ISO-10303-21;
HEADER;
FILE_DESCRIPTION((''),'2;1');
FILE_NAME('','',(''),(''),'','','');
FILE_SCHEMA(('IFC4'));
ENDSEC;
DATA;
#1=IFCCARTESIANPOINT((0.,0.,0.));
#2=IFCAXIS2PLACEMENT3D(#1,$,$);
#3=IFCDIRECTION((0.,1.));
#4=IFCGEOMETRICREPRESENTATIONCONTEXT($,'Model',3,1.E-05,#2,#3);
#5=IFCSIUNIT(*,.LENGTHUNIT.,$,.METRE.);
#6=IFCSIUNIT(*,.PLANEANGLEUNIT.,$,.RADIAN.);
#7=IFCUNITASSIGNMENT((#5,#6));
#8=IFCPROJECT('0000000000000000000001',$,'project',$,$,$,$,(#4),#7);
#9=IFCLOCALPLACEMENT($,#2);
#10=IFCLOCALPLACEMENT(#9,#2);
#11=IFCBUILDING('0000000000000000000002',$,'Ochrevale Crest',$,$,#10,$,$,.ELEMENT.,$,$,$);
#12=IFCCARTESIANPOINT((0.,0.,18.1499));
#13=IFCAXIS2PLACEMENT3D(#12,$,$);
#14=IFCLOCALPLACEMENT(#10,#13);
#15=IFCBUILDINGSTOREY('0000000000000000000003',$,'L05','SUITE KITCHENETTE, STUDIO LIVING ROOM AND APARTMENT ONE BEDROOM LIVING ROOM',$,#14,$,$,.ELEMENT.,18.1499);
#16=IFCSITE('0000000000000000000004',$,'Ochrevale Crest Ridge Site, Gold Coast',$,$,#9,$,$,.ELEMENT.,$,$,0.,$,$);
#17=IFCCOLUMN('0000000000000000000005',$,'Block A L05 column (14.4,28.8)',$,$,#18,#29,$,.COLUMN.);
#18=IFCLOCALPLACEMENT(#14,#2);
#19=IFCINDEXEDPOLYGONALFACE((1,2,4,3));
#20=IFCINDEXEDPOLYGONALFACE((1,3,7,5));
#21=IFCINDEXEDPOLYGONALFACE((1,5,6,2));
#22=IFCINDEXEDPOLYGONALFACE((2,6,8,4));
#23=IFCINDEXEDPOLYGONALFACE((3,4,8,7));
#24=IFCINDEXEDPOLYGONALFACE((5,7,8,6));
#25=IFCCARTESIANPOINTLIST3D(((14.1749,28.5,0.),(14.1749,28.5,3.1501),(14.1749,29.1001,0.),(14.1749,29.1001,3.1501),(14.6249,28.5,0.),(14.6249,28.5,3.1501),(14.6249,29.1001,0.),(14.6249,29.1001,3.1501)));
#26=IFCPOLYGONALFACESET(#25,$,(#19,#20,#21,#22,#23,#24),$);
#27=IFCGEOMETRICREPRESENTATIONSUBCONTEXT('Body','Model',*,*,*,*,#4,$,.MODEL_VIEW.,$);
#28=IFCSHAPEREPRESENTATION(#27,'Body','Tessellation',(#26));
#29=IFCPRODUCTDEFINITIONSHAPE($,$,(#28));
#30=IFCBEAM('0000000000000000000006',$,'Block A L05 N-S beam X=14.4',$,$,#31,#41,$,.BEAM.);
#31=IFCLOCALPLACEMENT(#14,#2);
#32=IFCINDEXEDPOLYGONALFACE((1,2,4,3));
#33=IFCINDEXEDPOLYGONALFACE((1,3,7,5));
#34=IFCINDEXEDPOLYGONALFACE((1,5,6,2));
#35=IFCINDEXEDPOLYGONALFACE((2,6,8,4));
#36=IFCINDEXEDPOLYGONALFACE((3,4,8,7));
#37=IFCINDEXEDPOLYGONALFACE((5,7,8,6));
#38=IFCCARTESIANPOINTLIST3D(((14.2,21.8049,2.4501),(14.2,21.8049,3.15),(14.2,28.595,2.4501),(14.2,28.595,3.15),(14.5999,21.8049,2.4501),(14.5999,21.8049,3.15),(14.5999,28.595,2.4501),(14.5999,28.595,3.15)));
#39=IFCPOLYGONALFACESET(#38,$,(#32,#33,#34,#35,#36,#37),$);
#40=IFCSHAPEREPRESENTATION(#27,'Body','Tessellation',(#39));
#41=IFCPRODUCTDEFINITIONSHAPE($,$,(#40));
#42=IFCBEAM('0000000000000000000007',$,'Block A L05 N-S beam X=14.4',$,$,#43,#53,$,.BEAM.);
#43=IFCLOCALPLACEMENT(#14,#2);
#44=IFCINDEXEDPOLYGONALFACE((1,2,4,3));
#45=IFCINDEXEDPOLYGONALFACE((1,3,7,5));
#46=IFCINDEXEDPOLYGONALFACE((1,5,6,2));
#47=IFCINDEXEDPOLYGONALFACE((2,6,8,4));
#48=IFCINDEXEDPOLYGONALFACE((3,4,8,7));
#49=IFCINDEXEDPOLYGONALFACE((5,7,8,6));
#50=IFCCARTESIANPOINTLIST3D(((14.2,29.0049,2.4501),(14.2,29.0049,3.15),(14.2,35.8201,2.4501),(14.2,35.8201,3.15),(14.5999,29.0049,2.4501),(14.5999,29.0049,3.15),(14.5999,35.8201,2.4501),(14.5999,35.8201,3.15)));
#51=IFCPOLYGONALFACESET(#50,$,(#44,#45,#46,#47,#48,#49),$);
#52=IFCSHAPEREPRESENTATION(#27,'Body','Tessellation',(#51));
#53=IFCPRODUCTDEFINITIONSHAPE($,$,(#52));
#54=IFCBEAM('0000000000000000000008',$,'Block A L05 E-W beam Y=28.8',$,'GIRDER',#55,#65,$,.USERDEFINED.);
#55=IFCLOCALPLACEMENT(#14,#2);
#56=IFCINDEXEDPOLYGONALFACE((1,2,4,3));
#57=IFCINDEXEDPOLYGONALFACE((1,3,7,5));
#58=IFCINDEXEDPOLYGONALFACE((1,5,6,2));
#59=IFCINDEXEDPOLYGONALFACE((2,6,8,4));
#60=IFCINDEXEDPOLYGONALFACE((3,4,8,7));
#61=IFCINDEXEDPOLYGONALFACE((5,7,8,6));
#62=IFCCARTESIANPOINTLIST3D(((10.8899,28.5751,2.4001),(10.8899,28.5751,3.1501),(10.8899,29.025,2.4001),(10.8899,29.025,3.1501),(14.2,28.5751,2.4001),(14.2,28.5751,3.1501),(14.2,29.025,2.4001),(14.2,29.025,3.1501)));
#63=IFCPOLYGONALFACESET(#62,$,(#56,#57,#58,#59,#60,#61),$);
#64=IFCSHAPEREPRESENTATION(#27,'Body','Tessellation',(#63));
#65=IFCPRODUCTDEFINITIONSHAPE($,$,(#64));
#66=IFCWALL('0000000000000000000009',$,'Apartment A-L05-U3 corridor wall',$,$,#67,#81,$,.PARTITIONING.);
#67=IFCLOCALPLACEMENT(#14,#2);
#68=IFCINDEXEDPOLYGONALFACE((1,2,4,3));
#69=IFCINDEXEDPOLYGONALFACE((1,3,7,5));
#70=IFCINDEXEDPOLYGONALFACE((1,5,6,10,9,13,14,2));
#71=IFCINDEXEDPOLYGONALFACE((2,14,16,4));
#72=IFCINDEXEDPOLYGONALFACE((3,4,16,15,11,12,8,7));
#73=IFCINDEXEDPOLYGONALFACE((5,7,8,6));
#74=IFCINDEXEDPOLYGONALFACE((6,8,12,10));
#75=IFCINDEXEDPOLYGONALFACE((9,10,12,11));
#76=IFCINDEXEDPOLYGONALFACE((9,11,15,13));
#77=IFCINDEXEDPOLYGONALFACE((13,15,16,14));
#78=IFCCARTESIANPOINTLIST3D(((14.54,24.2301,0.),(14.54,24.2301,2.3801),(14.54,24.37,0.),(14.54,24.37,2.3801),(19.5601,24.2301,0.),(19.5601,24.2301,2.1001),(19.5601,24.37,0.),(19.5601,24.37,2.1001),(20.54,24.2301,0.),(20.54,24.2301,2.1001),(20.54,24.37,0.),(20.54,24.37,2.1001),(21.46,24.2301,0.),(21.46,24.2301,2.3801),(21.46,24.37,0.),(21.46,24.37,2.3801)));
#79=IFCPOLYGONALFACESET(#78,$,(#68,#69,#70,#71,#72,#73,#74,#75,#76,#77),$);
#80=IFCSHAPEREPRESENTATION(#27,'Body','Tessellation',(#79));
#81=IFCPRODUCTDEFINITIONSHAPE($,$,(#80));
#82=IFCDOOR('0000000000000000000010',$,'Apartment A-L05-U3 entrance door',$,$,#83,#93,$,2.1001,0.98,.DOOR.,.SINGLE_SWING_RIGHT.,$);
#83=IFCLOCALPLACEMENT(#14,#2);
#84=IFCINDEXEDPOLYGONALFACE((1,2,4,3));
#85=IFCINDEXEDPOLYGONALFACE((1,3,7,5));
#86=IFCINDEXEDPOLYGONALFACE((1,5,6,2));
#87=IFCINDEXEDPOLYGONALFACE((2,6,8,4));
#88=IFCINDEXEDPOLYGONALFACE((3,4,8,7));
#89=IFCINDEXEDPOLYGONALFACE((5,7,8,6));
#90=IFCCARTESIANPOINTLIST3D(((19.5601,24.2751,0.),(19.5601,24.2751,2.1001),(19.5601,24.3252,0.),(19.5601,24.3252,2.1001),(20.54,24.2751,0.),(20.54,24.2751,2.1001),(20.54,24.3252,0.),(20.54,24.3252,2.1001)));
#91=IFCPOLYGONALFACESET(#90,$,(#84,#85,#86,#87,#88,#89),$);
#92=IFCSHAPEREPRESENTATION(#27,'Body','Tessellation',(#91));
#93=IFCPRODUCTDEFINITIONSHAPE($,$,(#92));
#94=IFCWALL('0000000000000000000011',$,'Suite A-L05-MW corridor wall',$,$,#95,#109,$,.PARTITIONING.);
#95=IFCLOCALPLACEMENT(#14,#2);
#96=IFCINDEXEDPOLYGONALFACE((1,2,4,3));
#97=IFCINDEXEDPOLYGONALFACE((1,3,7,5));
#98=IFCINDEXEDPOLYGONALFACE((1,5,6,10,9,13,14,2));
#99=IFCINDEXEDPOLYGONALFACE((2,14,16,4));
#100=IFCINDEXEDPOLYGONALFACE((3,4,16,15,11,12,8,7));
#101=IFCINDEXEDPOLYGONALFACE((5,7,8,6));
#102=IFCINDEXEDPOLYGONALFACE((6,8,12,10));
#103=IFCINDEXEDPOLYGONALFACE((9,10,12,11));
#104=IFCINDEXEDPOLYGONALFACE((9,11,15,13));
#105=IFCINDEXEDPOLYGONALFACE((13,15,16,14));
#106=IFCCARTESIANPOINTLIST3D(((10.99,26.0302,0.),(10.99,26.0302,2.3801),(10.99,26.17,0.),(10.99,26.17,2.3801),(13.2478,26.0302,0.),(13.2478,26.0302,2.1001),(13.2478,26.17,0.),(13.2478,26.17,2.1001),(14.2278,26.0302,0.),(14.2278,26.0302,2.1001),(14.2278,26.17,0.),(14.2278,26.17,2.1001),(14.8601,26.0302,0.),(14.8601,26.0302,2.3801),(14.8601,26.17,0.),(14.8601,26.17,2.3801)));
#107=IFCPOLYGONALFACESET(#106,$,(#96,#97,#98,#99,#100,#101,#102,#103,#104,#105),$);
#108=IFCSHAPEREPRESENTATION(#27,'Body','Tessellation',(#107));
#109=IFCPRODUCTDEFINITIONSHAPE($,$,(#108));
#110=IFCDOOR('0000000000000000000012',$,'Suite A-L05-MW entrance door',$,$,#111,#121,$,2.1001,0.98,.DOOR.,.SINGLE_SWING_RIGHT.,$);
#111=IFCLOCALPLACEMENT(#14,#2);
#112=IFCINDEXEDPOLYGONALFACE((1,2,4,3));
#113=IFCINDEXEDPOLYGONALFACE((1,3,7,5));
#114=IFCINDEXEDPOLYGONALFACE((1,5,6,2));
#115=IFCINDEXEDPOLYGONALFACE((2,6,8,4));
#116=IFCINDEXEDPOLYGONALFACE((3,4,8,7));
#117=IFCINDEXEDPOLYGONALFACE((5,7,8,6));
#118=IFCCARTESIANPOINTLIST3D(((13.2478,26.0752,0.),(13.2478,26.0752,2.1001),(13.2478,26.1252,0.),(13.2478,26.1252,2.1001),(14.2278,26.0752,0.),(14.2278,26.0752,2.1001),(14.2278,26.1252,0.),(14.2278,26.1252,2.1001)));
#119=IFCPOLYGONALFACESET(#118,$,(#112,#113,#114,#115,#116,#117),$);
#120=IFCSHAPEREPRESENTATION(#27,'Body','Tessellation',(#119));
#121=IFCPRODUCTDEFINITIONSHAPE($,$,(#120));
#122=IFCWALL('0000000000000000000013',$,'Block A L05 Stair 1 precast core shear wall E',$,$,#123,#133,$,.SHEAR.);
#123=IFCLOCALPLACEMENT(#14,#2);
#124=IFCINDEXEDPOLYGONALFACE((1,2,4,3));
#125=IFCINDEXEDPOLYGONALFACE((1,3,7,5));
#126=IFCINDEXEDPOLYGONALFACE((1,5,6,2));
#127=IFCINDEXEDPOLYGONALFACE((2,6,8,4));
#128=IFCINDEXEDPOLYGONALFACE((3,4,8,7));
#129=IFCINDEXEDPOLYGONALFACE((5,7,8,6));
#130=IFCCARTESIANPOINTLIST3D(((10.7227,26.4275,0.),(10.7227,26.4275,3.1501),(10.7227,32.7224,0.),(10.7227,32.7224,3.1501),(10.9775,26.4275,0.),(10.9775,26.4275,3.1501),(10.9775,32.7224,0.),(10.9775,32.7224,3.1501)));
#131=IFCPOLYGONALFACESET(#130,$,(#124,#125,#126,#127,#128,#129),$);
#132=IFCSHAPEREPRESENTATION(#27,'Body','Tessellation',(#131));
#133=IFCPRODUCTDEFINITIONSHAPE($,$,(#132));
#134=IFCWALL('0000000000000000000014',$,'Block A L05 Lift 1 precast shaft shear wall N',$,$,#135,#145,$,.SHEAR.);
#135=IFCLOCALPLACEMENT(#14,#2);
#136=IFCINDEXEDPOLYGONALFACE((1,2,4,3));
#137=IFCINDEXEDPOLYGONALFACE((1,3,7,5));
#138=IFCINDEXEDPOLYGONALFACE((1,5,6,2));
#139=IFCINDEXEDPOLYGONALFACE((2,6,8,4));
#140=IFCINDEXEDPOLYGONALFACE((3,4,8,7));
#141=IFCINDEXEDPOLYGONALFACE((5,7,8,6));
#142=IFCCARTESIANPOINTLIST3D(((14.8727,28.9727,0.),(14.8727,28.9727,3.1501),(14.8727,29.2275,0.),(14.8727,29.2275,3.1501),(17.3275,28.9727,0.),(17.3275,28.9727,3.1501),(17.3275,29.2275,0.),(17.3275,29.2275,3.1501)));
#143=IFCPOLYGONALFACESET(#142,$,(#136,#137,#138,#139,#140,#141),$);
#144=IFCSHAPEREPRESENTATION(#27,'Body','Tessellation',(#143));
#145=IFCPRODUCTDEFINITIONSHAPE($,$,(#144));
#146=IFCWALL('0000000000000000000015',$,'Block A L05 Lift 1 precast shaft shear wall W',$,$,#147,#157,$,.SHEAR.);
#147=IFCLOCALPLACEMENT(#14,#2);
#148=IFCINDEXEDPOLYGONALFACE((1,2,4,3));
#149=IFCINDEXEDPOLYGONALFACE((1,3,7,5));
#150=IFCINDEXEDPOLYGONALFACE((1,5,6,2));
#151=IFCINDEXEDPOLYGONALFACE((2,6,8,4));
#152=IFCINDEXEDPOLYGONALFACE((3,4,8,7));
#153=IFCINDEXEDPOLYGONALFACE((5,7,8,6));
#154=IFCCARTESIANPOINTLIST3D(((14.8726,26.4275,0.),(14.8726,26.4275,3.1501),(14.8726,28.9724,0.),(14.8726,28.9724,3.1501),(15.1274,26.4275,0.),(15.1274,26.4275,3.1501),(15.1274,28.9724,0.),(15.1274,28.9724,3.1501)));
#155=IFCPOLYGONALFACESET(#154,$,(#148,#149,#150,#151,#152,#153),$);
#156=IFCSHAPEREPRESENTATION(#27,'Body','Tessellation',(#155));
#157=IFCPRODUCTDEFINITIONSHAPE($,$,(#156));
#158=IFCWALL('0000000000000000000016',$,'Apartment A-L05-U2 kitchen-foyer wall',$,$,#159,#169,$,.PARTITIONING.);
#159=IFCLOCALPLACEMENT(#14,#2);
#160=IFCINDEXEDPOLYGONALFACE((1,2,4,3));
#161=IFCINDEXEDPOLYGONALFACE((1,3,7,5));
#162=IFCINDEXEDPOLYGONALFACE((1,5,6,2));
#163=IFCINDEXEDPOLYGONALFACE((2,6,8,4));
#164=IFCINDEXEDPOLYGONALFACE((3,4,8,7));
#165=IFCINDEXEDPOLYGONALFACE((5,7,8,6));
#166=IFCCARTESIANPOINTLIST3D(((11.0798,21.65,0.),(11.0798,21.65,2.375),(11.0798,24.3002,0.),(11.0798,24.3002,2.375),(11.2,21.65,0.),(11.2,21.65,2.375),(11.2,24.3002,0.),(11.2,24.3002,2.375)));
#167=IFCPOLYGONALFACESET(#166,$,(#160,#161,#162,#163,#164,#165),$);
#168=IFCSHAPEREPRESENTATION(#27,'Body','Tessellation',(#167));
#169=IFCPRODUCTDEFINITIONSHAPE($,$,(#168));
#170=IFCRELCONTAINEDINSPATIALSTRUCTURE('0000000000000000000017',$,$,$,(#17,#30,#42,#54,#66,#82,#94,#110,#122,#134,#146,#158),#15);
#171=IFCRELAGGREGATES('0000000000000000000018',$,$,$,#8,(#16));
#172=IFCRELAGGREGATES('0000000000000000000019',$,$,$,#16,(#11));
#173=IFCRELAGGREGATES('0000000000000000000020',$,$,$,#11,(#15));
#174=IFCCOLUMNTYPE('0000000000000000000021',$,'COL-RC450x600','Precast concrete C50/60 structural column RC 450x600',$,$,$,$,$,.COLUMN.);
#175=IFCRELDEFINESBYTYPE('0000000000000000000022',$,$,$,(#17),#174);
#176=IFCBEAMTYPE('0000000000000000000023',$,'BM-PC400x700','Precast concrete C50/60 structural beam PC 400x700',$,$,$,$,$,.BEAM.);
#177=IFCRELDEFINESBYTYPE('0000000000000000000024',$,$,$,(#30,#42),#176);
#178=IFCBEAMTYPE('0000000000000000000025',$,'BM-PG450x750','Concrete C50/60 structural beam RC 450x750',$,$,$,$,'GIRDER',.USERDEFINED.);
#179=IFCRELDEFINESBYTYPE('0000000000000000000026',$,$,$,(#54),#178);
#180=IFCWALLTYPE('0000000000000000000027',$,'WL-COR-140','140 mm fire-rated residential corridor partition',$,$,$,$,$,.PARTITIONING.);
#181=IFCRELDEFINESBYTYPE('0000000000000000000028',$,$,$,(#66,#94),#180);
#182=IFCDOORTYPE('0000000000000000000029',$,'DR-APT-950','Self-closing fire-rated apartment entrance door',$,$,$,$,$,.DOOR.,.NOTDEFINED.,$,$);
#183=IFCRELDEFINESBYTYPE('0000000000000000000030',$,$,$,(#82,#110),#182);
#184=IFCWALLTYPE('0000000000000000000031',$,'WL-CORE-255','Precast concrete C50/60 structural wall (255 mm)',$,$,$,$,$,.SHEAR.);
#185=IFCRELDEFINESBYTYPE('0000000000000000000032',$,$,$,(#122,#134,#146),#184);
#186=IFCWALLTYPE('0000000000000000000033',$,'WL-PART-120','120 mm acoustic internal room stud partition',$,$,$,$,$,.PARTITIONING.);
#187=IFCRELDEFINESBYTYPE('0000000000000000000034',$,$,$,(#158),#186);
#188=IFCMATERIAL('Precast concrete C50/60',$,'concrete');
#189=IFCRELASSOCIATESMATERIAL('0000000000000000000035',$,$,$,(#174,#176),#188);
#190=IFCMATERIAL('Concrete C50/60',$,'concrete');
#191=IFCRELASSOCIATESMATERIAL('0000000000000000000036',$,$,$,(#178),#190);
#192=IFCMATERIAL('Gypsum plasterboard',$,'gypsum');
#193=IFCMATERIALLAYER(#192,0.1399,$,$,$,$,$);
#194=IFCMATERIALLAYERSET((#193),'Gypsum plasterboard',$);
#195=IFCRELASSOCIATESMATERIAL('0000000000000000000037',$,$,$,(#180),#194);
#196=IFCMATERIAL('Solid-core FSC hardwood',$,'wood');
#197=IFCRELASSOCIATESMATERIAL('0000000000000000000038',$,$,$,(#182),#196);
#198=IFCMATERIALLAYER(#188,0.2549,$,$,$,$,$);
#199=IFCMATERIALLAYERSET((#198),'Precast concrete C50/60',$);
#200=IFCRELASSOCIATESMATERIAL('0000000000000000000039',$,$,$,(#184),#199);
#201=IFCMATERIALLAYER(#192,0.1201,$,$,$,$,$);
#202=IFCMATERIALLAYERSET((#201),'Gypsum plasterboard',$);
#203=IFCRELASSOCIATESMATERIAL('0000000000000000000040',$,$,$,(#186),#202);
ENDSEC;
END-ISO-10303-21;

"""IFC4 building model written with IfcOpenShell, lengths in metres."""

from ifc_helpers import new_model, si_unit, direction, frame, frame_2d, origin, origin_2d, place, context, subcontext, project, spatial, rectangle, extrude, material, layer, layer_set, material_profile, profile_set, type_object, element, fill, save


model = new_model("IFC4")

# Units and contexts
model_context = context("Model", 3, precision=1e-05, world=origin(), true_north=direction((0.0, 1.0)))
body_context = subcontext(model_context, "Body", "Model", "MODEL_VIEW")
ifc_project = project(units=[si_unit("LENGTHUNIT", "METRE"), si_unit("PLANEANGLEUNIT", "RADIAN")], contexts=[model_context])

# Site, building, storey
site_placement = place(None, origin())
site = spatial("IfcSite", under=ifc_project, at=site_placement, Name="Ochrevale Crest Ridge Site, Gold Coast", CompositionType="ELEMENT", RefElevation=0.0)
building_placement = place(site_placement, origin())
building = spatial("IfcBuilding", under=site, at=building_placement, Name="Ochrevale Crest", CompositionType="ELEMENT")
storey_placement = place(building_placement, frame((0.0, 0.0, 18.1499)))
storey = spatial("IfcBuildingStorey", under=building, at=storey_placement, Name="L05", Description="SUITE KITCHENETTE, STUDIO LIVING ROOM AND APARTMENT ONE BEDROOM LIVING ROOM", CompositionType="ELEMENT", Elevation=18.1499)

# Column
ifc_material_1 = material(Name="Precast concrete C50/60", Category="concrete")
ifc_material_profile_1 = material_profile(ifc_material_1, rectangle(XDim=0.45, YDim=0.6001, at=origin_2d()), Name="RC 450x600")
ifc_profile_set_1 = profile_set([ifc_material_profile_1], Name="Precast concrete C50/60")
column_type = type_object("IfcColumnType", Name="COL-RC450x600", Description="Precast concrete C50/60 structural column RC 450x600", PredefinedType="COLUMN", material=ifc_profile_set_1)
column_placement = place(storey_placement, frame((14.3999, 28.8, 0.0), z_axis=(0.0, 0.0, 1.0), x_axis=(1.0, 0.0, 0.0)))
element("IfcColumn", 1, at=column_placement, inside=storey, type_object=column_type, Name="Block A L05 column (14.4,28.8)", PredefinedType="COLUMN", context=body_context, shape_type="SweptSolid", body=[
    extrude(rectangle(XDim=0.45, YDim=0.6001, at=origin_2d()), origin(), (0.0, 0.0, 1.0), 3.1501),
])

# Beams
ifc_material_profile_2 = material_profile(ifc_material_1, rectangle(XDim=0.3999, YDim=0.7, at=origin_2d()), Name="PC 400x700")
ifc_profile_set_2 = profile_set([ifc_material_profile_2], Name="Precast concrete C50/60")
beam_type_1 = type_object("IfcBeamType", Name="BM-PC400x700", Description="Precast concrete C50/60 structural beam PC 400x700", PredefinedType="BEAM", material=ifc_profile_set_2)
beam_1_placement = place(storey_placement, frame((14.3999, 21.8049, 2.8), z_axis=(0.0, 1.0, 0.0), x_axis=(-1.0, 0.0, 0.0)))
element("IfcBeam", 2, at=beam_1_placement, inside=storey, type_object=beam_type_1, Name="Block A L05 N-S beam X=14.4", PredefinedType="BEAM", context=body_context, shape_type="SweptSolid", body=[
    extrude(rectangle(XDim=0.3999, YDim=0.7, at=origin_2d()), origin(), (0.0, 0.0, 1.0), 6.79),
])
beam_2_placement = place(storey_placement, frame((14.3999, 29.0049, 2.8), z_axis=(0.0, 1.0, 0.0), x_axis=(-1.0, 0.0, 0.0)))
element("IfcBeam", 3, at=beam_2_placement, inside=storey, type_object=beam_type_1, Name="Block A L05 N-S beam X=14.4", PredefinedType="BEAM", context=body_context, shape_type="SweptSolid", body=[
    extrude(rectangle(XDim=0.3999, YDim=0.7, at=origin_2d()), origin(), (0.0, 0.0, 1.0), 6.8152),
])
ifc_material_2 = material(Name="Concrete C50/60", Category="concrete")
ifc_material_profile_3 = material_profile(ifc_material_2, rectangle(XDim=0.45, YDim=0.75, at=origin_2d()), Name="RC 450x750")
ifc_profile_set_3 = profile_set([ifc_material_profile_3], Name="Concrete C50/60")
beam_type_2 = type_object("IfcBeamType", Name="BM-PG450x750", Description="Concrete C50/60 structural beam RC 450x750", ElementType="GIRDER", PredefinedType="USERDEFINED", material=ifc_profile_set_3)
beam_3_placement = place(storey_placement, frame((10.8899, 28.8, 2.7751), z_axis=(1.0, 0.0, 0.0), x_axis=(0.0, 1.0, 0.0)))
element("IfcBeam", 4, at=beam_3_placement, inside=storey, type_object=beam_type_2, Name="Block A L05 E-W beam Y=28.8", ObjectType="GIRDER", PredefinedType="USERDEFINED", context=body_context, shape_type="SweptSolid", body=[
    extrude(rectangle(XDim=0.45, YDim=0.75, at=origin_2d()), origin(), (0.0, 0.0, 1.0), 3.3101),
])

# Walls, openings, doors
ifc_material_3 = material(Name="Gypsum plasterboard", Category="gypsum")
ifc_layer_1 = layer(ifc_material_3, 0.1399)
ifc_layer_set_1 = layer_set([ifc_layer_1], Name="Gypsum plasterboard")
wall_type_1 = type_object("IfcWallType", Name="WL-COR-140", Description="140 mm fire-rated residential corridor partition", PredefinedType="PARTITIONING", material=ifc_layer_set_1)
wall_1_placement = place(storey_placement, frame((14.54, 24.3, 0.0), z_axis=(0.0, 0.0, 1.0), x_axis=(1.0, 0.0, 0.0)))
wall_1 = element("IfcWall", 5, at=wall_1_placement, inside=storey, type_object=wall_type_1, Name="Apartment A-L05-U3 corridor wall", PredefinedType="PARTITIONING", context=body_context, shape_type="SweptSolid", body=[
    extrude(rectangle(XDim=6.9199, YDim=0.1399, at=frame_2d((3.46, 0.0))), origin(), (0.0, 0.0, 1.0), 2.3801),
])
opening_1_placement = place(wall_1_placement, frame((6.0, 0.0, 0.0), z_axis=(0.0, 0.0, 1.0), x_axis=(-1.0, 0.0, 0.0)))
opening_1 = element("IfcOpeningElement", 6, at=opening_1_placement, cuts=wall_1, PredefinedType="OPENING", context=body_context, shape_type="SweptSolid", body=[
    extrude(rectangle(XDim=0.98, YDim=2.1001, at=frame_2d((0.49, 1.05))), frame((0.0, 0.0801, 0.0), z_axis=(0.0, -1.0, 0.0), x_axis=(1.0, 0.0, 0.0)), (0.0, 0.0, 1.0), 0.1599),
])
ifc_material_4 = material(Name="Solid-core FSC hardwood", Category="wood")
door_type_1 = type_object("IfcDoorType", Name="DR-APT-950", Description="Self-closing fire-rated apartment entrance door", OperationType="NOTDEFINED", PredefinedType="DOOR", material=ifc_material_4)
door_1_placement = place(opening_1_placement, origin())
door_1 = element("IfcDoor", 7, at=door_1_placement, inside=storey, type_object=door_type_1, Name="Apartment A-L05-U3 entrance door", OperationType="SINGLE_SWING_RIGHT", OverallHeight=2.1001, OverallWidth=0.98, PredefinedType="DOOR", context=body_context, shape_type="SweptSolid", body=[
    extrude(rectangle(XDim=0.98, YDim=2.1001, at=frame_2d((0.49, 1.05))), frame((0.0, 0.0249, 0.0), z_axis=(0.0, -1.0, 0.0), x_axis=(1.0, 0.0, 0.0)), (0.0, 0.0, 1.0), 0.05),
])
fill(opening_1, door_1)
wall_2_placement = place(storey_placement, frame((10.99, 26.1001, 0.0), z_axis=(0.0, 0.0, 1.0), x_axis=(1.0, 0.0, 0.0)))
wall_2 = element("IfcWall", 8, at=wall_2_placement, inside=storey, type_object=wall_type_1, Name="Suite A-L05-MW corridor wall", PredefinedType="PARTITIONING", context=body_context, shape_type="SweptSolid", body=[
    extrude(rectangle(XDim=3.8701, YDim=0.1399, at=frame_2d((1.9351, 0.0))), origin(), (0.0, 0.0, 1.0), 2.3801),
])
opening_2_placement = place(wall_2_placement, frame((3.2378, 0.0, 0.0), z_axis=(0.0, 0.0, 1.0), x_axis=(-1.0, 0.0, 0.0)))
opening_2 = element("IfcOpeningElement", 9, at=opening_2_placement, cuts=wall_2, PredefinedType="OPENING", context=body_context, shape_type="SweptSolid", body=[
    extrude(rectangle(XDim=0.98, YDim=2.1001, at=frame_2d((0.49, 1.05))), frame((0.0, 0.0801, 0.0), z_axis=(0.0, -1.0, 0.0), x_axis=(1.0, 0.0, 0.0)), (0.0, 0.0, 1.0), 0.1599),
])
door_2_placement = place(opening_2_placement, origin())
door_2 = element("IfcDoor", 10, at=door_2_placement, inside=storey, type_object=door_type_1, Name="Suite A-L05-MW entrance door", OperationType="SINGLE_SWING_RIGHT", OverallHeight=2.1001, OverallWidth=0.98, PredefinedType="DOOR", context=body_context, shape_type="SweptSolid", body=[
    extrude(rectangle(XDim=0.98, YDim=2.1001, at=frame_2d((0.49, 1.05))), frame((0.0, 0.0249, 0.0), z_axis=(0.0, -1.0, 0.0), x_axis=(1.0, 0.0, 0.0)), (0.0, 0.0, 1.0), 0.05),
])
fill(opening_2, door_2)

# Wall
ifc_layer_2 = layer(ifc_material_1, 0.2549)
ifc_layer_set_2 = layer_set([ifc_layer_2], Name="Precast concrete C50/60")
wall_type_2 = type_object("IfcWallType", Name="WL-CORE-255", Description="Precast concrete C50/60 structural wall (255 mm)", PredefinedType="SHEAR", material=ifc_layer_set_2)
wall_3_placement = place(storey_placement, frame((10.8501, 26.4275, 0.0), z_axis=(0.0, 0.0, 1.0), x_axis=(0.0, 1.0, 0.0)))
element("IfcWall", 11, at=wall_3_placement, inside=storey, type_object=wall_type_2, Name="Block A L05 Stair 1 precast core shear wall E", PredefinedType="SHEAR", context=body_context, shape_type="SweptSolid", body=[
    extrude(rectangle(XDim=6.2949, YDim=0.2549, at=frame_2d((3.1475, 0.0))), origin(), (0.0, 0.0, 1.0), 3.1501),
])

# Walls
wall_4_placement = place(storey_placement, frame((14.8726, 29.1001, 0.0), z_axis=(0.0, 0.0, 1.0), x_axis=(1.0, 0.0, 0.0)))
element("IfcWall", 12, at=wall_4_placement, inside=storey, type_object=wall_type_2, Name="Block A L05 Lift 1 precast shaft shear wall N", PredefinedType="SHEAR", context=body_context, shape_type="SweptSolid", body=[
    extrude(rectangle(XDim=2.4548, YDim=0.2549, at=frame_2d((1.2275, 0.0))), origin(), (0.0, 0.0, 1.0), 3.1501),
])
wall_5_placement = place(storey_placement, frame((15.0, 26.4275, 0.0), z_axis=(0.0, 0.0, 1.0), x_axis=(0.0, 1.0, 0.0)))
element("IfcWall", 13, at=wall_5_placement, inside=storey, type_object=wall_type_2, Name="Block A L05 Lift 1 precast shaft shear wall W", PredefinedType="SHEAR", context=body_context, shape_type="SweptSolid", body=[
    extrude(rectangle(XDim=2.5449, YDim=0.2549, at=frame_2d((1.2725, 0.0))), origin(), (0.0, 0.0, 1.0), 3.1501),
])
ifc_layer_3 = layer(ifc_material_3, 0.1201)
ifc_layer_set_3 = layer_set([ifc_layer_3], Name="Gypsum plasterboard")
wall_type_3 = type_object("IfcWallType", Name="WL-PART-120", Description="120 mm acoustic internal room stud partition", PredefinedType="PARTITIONING", material=ifc_layer_set_3)
wall_6_placement = place(storey_placement, frame((11.1399, 21.6499, 0.0), z_axis=(0.0, 0.0, 1.0), x_axis=(0.0, 1.0, 0.0)))
element("IfcWall", 14, at=wall_6_placement, inside=storey, type_object=wall_type_3, Name="Apartment A-L05-U2 kitchen-foyer wall", PredefinedType="PARTITIONING", context=body_context, shape_type="SweptSolid", body=[
    extrude(rectangle(XDim=2.6501, YDim=0.1201, at=frame_2d((1.3252, 0.0))), origin(), (0.0, 0.0, 1.0), 2.375),
])

save(model, "model.ifc")
